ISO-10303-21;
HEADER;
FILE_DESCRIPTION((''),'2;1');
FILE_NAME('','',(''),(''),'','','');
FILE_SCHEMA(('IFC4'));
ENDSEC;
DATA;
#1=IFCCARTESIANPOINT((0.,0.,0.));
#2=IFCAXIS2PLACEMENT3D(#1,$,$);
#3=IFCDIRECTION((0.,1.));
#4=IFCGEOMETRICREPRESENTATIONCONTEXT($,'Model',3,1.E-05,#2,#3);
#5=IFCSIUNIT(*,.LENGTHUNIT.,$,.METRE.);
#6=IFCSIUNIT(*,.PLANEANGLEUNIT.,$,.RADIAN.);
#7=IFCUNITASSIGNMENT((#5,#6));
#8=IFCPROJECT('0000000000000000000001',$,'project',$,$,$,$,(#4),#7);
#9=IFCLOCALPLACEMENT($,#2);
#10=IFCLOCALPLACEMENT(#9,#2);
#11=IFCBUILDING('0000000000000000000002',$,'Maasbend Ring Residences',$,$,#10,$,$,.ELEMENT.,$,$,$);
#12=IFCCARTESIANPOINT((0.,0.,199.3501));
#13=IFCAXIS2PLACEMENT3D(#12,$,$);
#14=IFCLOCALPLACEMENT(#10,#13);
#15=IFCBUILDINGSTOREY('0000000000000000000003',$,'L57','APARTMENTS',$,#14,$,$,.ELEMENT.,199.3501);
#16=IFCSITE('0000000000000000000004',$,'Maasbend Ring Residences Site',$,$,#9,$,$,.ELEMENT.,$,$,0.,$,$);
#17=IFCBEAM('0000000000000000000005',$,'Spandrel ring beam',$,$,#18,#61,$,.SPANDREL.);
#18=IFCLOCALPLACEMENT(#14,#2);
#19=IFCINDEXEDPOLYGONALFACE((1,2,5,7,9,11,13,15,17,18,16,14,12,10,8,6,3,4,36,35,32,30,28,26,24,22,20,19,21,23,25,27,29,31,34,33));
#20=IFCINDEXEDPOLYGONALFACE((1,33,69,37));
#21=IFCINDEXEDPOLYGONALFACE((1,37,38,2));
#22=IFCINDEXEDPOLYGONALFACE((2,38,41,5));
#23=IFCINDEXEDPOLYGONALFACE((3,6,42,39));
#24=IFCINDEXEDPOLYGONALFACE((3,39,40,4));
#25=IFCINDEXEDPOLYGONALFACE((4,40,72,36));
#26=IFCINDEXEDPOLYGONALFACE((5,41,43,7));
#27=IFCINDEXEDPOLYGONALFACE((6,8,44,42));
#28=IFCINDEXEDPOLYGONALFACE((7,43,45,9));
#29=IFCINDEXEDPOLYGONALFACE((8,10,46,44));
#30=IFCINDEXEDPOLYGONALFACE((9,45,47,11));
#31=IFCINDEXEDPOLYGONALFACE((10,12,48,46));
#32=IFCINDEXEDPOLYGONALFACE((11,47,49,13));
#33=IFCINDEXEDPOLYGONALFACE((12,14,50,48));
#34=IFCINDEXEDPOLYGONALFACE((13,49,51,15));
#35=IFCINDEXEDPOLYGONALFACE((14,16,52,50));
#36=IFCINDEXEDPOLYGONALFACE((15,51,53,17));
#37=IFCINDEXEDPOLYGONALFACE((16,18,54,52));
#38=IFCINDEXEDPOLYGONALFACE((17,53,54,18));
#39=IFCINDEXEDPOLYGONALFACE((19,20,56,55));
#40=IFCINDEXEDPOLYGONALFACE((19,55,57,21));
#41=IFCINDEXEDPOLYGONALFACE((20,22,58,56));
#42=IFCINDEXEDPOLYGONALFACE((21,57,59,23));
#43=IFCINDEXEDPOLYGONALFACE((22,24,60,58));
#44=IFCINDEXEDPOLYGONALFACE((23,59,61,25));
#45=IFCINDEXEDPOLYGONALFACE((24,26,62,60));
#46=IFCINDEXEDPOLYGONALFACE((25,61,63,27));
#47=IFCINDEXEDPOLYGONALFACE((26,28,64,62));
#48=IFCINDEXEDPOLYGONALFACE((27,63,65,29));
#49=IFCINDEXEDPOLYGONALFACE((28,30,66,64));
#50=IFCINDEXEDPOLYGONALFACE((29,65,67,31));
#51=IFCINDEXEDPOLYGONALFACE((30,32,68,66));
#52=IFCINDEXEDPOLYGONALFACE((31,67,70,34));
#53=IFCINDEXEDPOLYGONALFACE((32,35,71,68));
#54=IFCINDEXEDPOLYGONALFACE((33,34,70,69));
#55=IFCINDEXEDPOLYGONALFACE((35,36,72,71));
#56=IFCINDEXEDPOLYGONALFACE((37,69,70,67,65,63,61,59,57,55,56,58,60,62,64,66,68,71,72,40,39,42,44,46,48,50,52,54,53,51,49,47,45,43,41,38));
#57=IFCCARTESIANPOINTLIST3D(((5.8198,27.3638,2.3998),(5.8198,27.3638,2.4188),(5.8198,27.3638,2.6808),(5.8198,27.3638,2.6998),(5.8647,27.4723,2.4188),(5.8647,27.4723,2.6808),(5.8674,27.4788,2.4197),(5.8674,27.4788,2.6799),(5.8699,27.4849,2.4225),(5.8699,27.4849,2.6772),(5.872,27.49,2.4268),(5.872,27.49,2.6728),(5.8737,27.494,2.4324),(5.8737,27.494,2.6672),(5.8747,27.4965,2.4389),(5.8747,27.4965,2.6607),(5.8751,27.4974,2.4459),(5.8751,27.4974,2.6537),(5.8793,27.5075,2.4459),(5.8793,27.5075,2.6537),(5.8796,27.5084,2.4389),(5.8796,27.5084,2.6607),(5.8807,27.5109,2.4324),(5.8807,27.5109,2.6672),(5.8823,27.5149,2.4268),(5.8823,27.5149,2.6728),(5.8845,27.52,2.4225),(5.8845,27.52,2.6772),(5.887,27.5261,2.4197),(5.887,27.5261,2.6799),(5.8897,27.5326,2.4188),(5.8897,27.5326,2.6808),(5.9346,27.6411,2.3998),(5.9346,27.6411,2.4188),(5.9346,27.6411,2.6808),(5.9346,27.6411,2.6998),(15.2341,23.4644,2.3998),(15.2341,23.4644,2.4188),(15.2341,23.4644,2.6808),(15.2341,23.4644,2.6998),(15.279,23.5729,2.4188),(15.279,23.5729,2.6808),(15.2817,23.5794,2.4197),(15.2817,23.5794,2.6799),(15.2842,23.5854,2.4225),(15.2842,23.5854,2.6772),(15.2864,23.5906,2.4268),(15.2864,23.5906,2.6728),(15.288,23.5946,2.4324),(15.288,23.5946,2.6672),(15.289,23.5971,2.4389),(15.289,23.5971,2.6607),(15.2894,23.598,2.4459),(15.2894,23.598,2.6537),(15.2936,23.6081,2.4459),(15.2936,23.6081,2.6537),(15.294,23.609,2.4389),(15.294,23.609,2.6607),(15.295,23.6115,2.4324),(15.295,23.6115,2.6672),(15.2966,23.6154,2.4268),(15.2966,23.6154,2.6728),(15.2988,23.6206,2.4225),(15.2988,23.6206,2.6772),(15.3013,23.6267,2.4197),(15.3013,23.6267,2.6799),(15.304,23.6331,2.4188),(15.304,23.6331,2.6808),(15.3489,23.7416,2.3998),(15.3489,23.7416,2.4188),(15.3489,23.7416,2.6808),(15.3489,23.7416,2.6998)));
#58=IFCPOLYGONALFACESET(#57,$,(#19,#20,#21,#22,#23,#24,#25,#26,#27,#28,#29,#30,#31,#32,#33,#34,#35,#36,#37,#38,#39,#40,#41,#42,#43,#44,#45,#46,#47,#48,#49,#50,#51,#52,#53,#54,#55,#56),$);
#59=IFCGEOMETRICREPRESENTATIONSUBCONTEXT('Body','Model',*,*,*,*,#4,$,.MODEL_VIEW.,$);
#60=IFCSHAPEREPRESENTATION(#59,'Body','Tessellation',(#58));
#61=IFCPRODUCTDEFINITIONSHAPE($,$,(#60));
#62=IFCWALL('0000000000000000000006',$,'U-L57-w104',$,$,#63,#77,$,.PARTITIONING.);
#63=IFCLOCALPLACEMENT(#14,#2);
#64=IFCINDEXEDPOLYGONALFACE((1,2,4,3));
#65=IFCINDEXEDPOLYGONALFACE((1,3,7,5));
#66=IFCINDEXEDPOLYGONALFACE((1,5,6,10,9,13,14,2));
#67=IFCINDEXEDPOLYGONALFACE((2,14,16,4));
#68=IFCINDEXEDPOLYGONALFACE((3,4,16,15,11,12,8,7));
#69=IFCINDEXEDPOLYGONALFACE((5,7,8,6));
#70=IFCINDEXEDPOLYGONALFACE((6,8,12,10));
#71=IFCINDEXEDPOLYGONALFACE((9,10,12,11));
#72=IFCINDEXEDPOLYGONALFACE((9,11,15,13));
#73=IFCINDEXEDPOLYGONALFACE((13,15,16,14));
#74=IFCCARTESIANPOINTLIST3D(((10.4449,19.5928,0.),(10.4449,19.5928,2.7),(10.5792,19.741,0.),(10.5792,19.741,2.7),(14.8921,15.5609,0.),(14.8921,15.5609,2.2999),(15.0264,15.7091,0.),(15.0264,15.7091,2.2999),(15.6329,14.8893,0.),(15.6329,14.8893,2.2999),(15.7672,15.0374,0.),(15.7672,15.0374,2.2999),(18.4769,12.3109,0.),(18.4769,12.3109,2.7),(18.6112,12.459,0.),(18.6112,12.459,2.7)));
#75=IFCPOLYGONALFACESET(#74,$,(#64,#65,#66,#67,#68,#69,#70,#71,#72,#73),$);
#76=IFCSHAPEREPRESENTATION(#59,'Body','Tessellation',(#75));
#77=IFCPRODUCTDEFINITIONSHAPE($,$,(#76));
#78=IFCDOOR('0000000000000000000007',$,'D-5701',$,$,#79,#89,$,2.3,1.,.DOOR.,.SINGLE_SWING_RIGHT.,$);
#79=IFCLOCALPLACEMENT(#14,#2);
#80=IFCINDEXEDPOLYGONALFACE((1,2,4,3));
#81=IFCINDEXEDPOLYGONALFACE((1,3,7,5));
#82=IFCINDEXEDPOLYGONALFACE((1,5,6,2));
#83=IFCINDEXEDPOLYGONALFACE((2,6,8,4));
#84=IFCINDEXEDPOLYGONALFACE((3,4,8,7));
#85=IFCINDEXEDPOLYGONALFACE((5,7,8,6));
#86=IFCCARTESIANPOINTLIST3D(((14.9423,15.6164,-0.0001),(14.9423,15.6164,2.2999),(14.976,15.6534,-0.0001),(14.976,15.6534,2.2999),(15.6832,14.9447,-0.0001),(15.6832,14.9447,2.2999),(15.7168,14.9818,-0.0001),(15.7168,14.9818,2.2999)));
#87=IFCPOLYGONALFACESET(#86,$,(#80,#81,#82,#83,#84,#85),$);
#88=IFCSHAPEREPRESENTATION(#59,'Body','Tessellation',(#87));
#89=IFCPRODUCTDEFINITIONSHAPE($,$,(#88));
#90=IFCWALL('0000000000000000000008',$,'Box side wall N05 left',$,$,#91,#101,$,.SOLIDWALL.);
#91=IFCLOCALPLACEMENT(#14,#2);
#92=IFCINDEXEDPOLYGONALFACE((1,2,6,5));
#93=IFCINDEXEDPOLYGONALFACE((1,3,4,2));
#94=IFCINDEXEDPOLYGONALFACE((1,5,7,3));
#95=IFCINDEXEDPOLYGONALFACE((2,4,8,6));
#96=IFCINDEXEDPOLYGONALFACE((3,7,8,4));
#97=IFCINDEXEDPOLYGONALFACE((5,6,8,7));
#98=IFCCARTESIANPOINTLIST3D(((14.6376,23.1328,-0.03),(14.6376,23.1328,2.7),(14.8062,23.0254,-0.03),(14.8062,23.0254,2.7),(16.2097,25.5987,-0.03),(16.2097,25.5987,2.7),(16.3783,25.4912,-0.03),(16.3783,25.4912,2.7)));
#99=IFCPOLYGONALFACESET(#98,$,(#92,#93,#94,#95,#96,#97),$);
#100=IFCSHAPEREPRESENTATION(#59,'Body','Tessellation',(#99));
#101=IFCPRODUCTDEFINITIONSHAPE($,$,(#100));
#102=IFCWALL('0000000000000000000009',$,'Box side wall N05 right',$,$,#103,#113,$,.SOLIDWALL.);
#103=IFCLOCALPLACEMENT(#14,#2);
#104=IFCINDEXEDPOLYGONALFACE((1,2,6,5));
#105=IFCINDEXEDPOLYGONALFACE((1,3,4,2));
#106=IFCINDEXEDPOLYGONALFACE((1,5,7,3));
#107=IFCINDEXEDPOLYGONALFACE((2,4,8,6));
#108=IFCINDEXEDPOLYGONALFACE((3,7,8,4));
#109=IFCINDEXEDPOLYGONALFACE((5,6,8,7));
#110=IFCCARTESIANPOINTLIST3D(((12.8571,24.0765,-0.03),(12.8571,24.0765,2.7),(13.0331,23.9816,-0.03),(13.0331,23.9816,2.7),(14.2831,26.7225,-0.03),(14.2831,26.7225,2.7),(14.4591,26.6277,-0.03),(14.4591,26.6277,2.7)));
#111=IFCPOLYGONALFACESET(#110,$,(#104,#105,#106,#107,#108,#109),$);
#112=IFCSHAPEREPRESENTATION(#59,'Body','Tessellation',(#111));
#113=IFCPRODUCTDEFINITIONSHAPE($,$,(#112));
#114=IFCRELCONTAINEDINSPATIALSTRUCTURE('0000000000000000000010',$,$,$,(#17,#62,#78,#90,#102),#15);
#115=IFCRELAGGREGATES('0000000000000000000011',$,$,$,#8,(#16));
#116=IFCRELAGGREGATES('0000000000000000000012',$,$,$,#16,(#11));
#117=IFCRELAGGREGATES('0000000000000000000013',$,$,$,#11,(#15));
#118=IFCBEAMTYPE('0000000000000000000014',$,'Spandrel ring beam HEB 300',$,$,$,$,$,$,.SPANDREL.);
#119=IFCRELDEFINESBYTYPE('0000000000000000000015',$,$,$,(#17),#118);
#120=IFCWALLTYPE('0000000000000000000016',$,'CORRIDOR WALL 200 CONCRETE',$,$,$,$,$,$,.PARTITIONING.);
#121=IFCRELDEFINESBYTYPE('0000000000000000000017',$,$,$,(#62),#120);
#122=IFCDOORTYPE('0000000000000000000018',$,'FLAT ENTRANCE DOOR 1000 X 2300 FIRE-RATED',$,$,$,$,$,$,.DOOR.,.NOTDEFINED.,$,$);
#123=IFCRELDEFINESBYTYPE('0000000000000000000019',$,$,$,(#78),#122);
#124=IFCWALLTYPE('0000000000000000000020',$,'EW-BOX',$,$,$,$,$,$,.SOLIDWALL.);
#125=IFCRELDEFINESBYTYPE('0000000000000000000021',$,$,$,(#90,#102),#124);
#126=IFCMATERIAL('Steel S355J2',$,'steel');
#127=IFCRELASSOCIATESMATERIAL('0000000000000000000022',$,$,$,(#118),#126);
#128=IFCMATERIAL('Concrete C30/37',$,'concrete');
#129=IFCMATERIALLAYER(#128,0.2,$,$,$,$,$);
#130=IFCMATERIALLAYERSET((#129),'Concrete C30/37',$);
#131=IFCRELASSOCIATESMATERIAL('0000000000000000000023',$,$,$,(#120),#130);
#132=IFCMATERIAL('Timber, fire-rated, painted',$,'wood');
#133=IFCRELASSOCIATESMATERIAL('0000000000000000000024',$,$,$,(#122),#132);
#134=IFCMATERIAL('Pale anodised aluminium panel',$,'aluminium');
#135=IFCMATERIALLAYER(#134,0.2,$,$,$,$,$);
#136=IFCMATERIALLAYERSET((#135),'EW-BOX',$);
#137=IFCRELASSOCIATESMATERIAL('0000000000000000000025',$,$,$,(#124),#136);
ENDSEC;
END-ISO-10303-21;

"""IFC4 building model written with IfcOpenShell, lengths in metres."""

from ifc_helpers import new_model, si_unit, direction, frame, frame_2d, origin, origin_2d, place, context, subcontext, project, spatial, rectangle, i_section, extrude, material, layer, layer_set, material_profile, profile_set, type_object, element, fill, save


model = new_model("IFC4")

# Units and contexts
model_context = context("Model", 3, precision=1e-05, world=origin(), true_north=direction((0.0, 1.0)))
body_context = subcontext(model_context, "Body", "Model", "MODEL_VIEW")
ifc_project = project(units=[si_unit("LENGTHUNIT", "METRE"), si_unit("PLANEANGLEUNIT", "RADIAN")], contexts=[model_context])

# Site, building, storey
site_placement = place(None, origin())
site = spatial("IfcSite", under=ifc_project, at=site_placement, Name="Maasbend Ring Residences Site", CompositionType="ELEMENT", RefElevation=0.0)
building_placement = place(site_placement, origin())
building = spatial("IfcBuilding", under=site, at=building_placement, Name="Maasbend Ring Residences", CompositionType="ELEMENT")
storey_placement = place(building_placement, frame((0.0, 0.0, 199.3501)))
storey = spatial("IfcBuildingStorey", under=building, at=storey_placement, Name="L57", Description="APARTMENTS", CompositionType="ELEMENT", Elevation=199.3501)

# Beam
ifc_material_1 = material(Name="Steel S355J2", Category="steel")
ifc_material_profile_1 = material_profile(ifc_material_1, i_section(OverallWidth=0.3, OverallDepth=0.3, WebThickness=0.011, FlangeThickness=0.019, FilletRadius=0.0271, at=origin_2d()), Name="HEB 300")
ifc_profile_set_1 = profile_set([ifc_material_profile_1], Name="Steel S355J2")
beam_type_1 = type_object("IfcBeamType", Name="Spandrel ring beam HEB 300", PredefinedType="SPANDREL", material=ifc_profile_set_1)
beam_1_placement = place(storey_placement, frame((15.2915, 23.603, 2.5498), z_axis=(-0.923884, 0.382673, 0.0), x_axis=(-0.382673, -0.923884, 0.0)))
element("IfcBeam", 1, at=beam_1_placement, inside=storey, type_object=beam_type_1, Name="Spandrel ring beam", PredefinedType="SPANDREL", context=body_context, shape_type="SweptSolid", body=[
    extrude(i_section(OverallWidth=0.3, OverallDepth=0.3, WebThickness=0.011, FlangeThickness=0.019, FilletRadius=0.0271, at=origin_2d()), origin(), (0.0, 0.0, 1.0), 10.1899),
])

# Wall, opening, door
ifc_material_2 = material(Name="Concrete C30/37", Category="concrete")
ifc_layer_1 = layer(ifc_material_2, 0.2)
ifc_layer_set_1 = layer_set([ifc_layer_1], Name="Concrete C30/37")
wall_type_1 = type_object("IfcWallType", Name="CORRIDOR WALL 200 CONCRETE", PredefinedType="PARTITIONING", material=ifc_layer_set_1)
wall_1_placement = place(storey_placement, frame((10.512, 19.667, 0.0), z_axis=(0.0, 0.0, 1.0), x_axis=(0.740849, -0.671671, 0.0)))
wall_1 = element("IfcWall", 2, at=wall_1_placement, inside=storey, type_object=wall_type_1, Name="U-L57-w104", PredefinedType="PARTITIONING", context=body_context, shape_type="SweptSolid", body=[
    extrude(rectangle(XDim=10.8416, YDim=0.2, at=frame_2d((5.4209, 0.0))), origin(), (0.0, 0.0, 1.0), 2.7),
])
opening_1_placement = place(wall_1_placement, frame((6.0029, 0.0, 0.0)))
opening_1 = element("IfcOpeningElement", 3, at=opening_1_placement, cuts=wall_1, PredefinedType="OPENING", context=body_context, shape_type="SweptSolid", body=[
    extrude(rectangle(XDim=1.0, YDim=2.3, at=frame_2d((0.5, 1.1499))), frame((0.0, 0.1099, 0.0), z_axis=(0.0, -1.0, 0.0), x_axis=(1.0, 0.0, 0.0)), (0.0, 0.0, 1.0), 0.22),
])
ifc_material_3 = material(Name="Timber, fire-rated, painted", Category="wood")
door_type_1 = type_object("IfcDoorType", Name="FLAT ENTRANCE DOOR 1000 X 2300 FIRE-RATED", OperationType="NOTDEFINED", PredefinedType="DOOR", material=ifc_material_3)
door_1_placement = place(opening_1_placement, origin())
door_1 = element("IfcDoor", 4, at=door_1_placement, inside=storey, type_object=door_type_1, Name="D-5701", OperationType="SINGLE_SWING_RIGHT", OverallHeight=2.3, OverallWidth=1.0, PredefinedType="DOOR", context=body_context, shape_type="SweptSolid", body=[
    extrude(rectangle(XDim=1.0, YDim=2.3, at=frame_2d((0.5, 1.1499))), frame((0.0, 0.0249, 0.0), z_axis=(0.0, -1.0, 0.0), x_axis=(1.0, 0.0, 0.0)), (0.0, 0.0, 1.0), 0.05),
])
fill(opening_1, door_1)

# Walls
ifc_material_4 = material(Name="Pale anodised aluminium panel", Category="aluminium")
ifc_layer_2 = layer(ifc_material_4, 0.2)
ifc_layer_set_2 = layer_set([ifc_layer_2], Name="EW-BOX")
wall_type_2 = type_object("IfcWallType", Name="EW-BOX", PredefinedType="SOLIDWALL", material=ifc_layer_set_2)
wall_2_placement = place(storey_placement, frame((14.7219, 23.0791, -0.03), z_axis=(0.0, 0.0, 1.0), x_axis=(0.537572, 0.843218, 0.0)))
element("IfcWall", 5, at=wall_2_placement, inside=storey, type_object=wall_type_2, Name="Box side wall N05 left", PredefinedType="SOLIDWALL", context=body_context, shape_type="SweptSolid", body=[
    extrude(rectangle(XDim=2.9243, YDim=0.2, at=frame_2d((1.4622, 0.0))), origin(), (0.0, 0.0, 1.0), 2.73),
])
wall_3_placement = place(storey_placement, frame((12.9451, 24.0291, -0.03), z_axis=(0.0, 0.0, 1.0), x_axis=(0.474424, 0.880296, 0.0)))
element("IfcWall", 6, at=wall_3_placement, inside=storey, type_object=wall_type_2, Name="Box side wall N05 right", PredefinedType="SOLIDWALL", context=body_context, shape_type="SweptSolid", body=[
    extrude(rectangle(XDim=3.0059, YDim=0.2, at=frame_2d((1.5029, 0.0))), origin(), (0.0, 0.0, 1.0), 2.73),
])

save(model, "model.ifc")
